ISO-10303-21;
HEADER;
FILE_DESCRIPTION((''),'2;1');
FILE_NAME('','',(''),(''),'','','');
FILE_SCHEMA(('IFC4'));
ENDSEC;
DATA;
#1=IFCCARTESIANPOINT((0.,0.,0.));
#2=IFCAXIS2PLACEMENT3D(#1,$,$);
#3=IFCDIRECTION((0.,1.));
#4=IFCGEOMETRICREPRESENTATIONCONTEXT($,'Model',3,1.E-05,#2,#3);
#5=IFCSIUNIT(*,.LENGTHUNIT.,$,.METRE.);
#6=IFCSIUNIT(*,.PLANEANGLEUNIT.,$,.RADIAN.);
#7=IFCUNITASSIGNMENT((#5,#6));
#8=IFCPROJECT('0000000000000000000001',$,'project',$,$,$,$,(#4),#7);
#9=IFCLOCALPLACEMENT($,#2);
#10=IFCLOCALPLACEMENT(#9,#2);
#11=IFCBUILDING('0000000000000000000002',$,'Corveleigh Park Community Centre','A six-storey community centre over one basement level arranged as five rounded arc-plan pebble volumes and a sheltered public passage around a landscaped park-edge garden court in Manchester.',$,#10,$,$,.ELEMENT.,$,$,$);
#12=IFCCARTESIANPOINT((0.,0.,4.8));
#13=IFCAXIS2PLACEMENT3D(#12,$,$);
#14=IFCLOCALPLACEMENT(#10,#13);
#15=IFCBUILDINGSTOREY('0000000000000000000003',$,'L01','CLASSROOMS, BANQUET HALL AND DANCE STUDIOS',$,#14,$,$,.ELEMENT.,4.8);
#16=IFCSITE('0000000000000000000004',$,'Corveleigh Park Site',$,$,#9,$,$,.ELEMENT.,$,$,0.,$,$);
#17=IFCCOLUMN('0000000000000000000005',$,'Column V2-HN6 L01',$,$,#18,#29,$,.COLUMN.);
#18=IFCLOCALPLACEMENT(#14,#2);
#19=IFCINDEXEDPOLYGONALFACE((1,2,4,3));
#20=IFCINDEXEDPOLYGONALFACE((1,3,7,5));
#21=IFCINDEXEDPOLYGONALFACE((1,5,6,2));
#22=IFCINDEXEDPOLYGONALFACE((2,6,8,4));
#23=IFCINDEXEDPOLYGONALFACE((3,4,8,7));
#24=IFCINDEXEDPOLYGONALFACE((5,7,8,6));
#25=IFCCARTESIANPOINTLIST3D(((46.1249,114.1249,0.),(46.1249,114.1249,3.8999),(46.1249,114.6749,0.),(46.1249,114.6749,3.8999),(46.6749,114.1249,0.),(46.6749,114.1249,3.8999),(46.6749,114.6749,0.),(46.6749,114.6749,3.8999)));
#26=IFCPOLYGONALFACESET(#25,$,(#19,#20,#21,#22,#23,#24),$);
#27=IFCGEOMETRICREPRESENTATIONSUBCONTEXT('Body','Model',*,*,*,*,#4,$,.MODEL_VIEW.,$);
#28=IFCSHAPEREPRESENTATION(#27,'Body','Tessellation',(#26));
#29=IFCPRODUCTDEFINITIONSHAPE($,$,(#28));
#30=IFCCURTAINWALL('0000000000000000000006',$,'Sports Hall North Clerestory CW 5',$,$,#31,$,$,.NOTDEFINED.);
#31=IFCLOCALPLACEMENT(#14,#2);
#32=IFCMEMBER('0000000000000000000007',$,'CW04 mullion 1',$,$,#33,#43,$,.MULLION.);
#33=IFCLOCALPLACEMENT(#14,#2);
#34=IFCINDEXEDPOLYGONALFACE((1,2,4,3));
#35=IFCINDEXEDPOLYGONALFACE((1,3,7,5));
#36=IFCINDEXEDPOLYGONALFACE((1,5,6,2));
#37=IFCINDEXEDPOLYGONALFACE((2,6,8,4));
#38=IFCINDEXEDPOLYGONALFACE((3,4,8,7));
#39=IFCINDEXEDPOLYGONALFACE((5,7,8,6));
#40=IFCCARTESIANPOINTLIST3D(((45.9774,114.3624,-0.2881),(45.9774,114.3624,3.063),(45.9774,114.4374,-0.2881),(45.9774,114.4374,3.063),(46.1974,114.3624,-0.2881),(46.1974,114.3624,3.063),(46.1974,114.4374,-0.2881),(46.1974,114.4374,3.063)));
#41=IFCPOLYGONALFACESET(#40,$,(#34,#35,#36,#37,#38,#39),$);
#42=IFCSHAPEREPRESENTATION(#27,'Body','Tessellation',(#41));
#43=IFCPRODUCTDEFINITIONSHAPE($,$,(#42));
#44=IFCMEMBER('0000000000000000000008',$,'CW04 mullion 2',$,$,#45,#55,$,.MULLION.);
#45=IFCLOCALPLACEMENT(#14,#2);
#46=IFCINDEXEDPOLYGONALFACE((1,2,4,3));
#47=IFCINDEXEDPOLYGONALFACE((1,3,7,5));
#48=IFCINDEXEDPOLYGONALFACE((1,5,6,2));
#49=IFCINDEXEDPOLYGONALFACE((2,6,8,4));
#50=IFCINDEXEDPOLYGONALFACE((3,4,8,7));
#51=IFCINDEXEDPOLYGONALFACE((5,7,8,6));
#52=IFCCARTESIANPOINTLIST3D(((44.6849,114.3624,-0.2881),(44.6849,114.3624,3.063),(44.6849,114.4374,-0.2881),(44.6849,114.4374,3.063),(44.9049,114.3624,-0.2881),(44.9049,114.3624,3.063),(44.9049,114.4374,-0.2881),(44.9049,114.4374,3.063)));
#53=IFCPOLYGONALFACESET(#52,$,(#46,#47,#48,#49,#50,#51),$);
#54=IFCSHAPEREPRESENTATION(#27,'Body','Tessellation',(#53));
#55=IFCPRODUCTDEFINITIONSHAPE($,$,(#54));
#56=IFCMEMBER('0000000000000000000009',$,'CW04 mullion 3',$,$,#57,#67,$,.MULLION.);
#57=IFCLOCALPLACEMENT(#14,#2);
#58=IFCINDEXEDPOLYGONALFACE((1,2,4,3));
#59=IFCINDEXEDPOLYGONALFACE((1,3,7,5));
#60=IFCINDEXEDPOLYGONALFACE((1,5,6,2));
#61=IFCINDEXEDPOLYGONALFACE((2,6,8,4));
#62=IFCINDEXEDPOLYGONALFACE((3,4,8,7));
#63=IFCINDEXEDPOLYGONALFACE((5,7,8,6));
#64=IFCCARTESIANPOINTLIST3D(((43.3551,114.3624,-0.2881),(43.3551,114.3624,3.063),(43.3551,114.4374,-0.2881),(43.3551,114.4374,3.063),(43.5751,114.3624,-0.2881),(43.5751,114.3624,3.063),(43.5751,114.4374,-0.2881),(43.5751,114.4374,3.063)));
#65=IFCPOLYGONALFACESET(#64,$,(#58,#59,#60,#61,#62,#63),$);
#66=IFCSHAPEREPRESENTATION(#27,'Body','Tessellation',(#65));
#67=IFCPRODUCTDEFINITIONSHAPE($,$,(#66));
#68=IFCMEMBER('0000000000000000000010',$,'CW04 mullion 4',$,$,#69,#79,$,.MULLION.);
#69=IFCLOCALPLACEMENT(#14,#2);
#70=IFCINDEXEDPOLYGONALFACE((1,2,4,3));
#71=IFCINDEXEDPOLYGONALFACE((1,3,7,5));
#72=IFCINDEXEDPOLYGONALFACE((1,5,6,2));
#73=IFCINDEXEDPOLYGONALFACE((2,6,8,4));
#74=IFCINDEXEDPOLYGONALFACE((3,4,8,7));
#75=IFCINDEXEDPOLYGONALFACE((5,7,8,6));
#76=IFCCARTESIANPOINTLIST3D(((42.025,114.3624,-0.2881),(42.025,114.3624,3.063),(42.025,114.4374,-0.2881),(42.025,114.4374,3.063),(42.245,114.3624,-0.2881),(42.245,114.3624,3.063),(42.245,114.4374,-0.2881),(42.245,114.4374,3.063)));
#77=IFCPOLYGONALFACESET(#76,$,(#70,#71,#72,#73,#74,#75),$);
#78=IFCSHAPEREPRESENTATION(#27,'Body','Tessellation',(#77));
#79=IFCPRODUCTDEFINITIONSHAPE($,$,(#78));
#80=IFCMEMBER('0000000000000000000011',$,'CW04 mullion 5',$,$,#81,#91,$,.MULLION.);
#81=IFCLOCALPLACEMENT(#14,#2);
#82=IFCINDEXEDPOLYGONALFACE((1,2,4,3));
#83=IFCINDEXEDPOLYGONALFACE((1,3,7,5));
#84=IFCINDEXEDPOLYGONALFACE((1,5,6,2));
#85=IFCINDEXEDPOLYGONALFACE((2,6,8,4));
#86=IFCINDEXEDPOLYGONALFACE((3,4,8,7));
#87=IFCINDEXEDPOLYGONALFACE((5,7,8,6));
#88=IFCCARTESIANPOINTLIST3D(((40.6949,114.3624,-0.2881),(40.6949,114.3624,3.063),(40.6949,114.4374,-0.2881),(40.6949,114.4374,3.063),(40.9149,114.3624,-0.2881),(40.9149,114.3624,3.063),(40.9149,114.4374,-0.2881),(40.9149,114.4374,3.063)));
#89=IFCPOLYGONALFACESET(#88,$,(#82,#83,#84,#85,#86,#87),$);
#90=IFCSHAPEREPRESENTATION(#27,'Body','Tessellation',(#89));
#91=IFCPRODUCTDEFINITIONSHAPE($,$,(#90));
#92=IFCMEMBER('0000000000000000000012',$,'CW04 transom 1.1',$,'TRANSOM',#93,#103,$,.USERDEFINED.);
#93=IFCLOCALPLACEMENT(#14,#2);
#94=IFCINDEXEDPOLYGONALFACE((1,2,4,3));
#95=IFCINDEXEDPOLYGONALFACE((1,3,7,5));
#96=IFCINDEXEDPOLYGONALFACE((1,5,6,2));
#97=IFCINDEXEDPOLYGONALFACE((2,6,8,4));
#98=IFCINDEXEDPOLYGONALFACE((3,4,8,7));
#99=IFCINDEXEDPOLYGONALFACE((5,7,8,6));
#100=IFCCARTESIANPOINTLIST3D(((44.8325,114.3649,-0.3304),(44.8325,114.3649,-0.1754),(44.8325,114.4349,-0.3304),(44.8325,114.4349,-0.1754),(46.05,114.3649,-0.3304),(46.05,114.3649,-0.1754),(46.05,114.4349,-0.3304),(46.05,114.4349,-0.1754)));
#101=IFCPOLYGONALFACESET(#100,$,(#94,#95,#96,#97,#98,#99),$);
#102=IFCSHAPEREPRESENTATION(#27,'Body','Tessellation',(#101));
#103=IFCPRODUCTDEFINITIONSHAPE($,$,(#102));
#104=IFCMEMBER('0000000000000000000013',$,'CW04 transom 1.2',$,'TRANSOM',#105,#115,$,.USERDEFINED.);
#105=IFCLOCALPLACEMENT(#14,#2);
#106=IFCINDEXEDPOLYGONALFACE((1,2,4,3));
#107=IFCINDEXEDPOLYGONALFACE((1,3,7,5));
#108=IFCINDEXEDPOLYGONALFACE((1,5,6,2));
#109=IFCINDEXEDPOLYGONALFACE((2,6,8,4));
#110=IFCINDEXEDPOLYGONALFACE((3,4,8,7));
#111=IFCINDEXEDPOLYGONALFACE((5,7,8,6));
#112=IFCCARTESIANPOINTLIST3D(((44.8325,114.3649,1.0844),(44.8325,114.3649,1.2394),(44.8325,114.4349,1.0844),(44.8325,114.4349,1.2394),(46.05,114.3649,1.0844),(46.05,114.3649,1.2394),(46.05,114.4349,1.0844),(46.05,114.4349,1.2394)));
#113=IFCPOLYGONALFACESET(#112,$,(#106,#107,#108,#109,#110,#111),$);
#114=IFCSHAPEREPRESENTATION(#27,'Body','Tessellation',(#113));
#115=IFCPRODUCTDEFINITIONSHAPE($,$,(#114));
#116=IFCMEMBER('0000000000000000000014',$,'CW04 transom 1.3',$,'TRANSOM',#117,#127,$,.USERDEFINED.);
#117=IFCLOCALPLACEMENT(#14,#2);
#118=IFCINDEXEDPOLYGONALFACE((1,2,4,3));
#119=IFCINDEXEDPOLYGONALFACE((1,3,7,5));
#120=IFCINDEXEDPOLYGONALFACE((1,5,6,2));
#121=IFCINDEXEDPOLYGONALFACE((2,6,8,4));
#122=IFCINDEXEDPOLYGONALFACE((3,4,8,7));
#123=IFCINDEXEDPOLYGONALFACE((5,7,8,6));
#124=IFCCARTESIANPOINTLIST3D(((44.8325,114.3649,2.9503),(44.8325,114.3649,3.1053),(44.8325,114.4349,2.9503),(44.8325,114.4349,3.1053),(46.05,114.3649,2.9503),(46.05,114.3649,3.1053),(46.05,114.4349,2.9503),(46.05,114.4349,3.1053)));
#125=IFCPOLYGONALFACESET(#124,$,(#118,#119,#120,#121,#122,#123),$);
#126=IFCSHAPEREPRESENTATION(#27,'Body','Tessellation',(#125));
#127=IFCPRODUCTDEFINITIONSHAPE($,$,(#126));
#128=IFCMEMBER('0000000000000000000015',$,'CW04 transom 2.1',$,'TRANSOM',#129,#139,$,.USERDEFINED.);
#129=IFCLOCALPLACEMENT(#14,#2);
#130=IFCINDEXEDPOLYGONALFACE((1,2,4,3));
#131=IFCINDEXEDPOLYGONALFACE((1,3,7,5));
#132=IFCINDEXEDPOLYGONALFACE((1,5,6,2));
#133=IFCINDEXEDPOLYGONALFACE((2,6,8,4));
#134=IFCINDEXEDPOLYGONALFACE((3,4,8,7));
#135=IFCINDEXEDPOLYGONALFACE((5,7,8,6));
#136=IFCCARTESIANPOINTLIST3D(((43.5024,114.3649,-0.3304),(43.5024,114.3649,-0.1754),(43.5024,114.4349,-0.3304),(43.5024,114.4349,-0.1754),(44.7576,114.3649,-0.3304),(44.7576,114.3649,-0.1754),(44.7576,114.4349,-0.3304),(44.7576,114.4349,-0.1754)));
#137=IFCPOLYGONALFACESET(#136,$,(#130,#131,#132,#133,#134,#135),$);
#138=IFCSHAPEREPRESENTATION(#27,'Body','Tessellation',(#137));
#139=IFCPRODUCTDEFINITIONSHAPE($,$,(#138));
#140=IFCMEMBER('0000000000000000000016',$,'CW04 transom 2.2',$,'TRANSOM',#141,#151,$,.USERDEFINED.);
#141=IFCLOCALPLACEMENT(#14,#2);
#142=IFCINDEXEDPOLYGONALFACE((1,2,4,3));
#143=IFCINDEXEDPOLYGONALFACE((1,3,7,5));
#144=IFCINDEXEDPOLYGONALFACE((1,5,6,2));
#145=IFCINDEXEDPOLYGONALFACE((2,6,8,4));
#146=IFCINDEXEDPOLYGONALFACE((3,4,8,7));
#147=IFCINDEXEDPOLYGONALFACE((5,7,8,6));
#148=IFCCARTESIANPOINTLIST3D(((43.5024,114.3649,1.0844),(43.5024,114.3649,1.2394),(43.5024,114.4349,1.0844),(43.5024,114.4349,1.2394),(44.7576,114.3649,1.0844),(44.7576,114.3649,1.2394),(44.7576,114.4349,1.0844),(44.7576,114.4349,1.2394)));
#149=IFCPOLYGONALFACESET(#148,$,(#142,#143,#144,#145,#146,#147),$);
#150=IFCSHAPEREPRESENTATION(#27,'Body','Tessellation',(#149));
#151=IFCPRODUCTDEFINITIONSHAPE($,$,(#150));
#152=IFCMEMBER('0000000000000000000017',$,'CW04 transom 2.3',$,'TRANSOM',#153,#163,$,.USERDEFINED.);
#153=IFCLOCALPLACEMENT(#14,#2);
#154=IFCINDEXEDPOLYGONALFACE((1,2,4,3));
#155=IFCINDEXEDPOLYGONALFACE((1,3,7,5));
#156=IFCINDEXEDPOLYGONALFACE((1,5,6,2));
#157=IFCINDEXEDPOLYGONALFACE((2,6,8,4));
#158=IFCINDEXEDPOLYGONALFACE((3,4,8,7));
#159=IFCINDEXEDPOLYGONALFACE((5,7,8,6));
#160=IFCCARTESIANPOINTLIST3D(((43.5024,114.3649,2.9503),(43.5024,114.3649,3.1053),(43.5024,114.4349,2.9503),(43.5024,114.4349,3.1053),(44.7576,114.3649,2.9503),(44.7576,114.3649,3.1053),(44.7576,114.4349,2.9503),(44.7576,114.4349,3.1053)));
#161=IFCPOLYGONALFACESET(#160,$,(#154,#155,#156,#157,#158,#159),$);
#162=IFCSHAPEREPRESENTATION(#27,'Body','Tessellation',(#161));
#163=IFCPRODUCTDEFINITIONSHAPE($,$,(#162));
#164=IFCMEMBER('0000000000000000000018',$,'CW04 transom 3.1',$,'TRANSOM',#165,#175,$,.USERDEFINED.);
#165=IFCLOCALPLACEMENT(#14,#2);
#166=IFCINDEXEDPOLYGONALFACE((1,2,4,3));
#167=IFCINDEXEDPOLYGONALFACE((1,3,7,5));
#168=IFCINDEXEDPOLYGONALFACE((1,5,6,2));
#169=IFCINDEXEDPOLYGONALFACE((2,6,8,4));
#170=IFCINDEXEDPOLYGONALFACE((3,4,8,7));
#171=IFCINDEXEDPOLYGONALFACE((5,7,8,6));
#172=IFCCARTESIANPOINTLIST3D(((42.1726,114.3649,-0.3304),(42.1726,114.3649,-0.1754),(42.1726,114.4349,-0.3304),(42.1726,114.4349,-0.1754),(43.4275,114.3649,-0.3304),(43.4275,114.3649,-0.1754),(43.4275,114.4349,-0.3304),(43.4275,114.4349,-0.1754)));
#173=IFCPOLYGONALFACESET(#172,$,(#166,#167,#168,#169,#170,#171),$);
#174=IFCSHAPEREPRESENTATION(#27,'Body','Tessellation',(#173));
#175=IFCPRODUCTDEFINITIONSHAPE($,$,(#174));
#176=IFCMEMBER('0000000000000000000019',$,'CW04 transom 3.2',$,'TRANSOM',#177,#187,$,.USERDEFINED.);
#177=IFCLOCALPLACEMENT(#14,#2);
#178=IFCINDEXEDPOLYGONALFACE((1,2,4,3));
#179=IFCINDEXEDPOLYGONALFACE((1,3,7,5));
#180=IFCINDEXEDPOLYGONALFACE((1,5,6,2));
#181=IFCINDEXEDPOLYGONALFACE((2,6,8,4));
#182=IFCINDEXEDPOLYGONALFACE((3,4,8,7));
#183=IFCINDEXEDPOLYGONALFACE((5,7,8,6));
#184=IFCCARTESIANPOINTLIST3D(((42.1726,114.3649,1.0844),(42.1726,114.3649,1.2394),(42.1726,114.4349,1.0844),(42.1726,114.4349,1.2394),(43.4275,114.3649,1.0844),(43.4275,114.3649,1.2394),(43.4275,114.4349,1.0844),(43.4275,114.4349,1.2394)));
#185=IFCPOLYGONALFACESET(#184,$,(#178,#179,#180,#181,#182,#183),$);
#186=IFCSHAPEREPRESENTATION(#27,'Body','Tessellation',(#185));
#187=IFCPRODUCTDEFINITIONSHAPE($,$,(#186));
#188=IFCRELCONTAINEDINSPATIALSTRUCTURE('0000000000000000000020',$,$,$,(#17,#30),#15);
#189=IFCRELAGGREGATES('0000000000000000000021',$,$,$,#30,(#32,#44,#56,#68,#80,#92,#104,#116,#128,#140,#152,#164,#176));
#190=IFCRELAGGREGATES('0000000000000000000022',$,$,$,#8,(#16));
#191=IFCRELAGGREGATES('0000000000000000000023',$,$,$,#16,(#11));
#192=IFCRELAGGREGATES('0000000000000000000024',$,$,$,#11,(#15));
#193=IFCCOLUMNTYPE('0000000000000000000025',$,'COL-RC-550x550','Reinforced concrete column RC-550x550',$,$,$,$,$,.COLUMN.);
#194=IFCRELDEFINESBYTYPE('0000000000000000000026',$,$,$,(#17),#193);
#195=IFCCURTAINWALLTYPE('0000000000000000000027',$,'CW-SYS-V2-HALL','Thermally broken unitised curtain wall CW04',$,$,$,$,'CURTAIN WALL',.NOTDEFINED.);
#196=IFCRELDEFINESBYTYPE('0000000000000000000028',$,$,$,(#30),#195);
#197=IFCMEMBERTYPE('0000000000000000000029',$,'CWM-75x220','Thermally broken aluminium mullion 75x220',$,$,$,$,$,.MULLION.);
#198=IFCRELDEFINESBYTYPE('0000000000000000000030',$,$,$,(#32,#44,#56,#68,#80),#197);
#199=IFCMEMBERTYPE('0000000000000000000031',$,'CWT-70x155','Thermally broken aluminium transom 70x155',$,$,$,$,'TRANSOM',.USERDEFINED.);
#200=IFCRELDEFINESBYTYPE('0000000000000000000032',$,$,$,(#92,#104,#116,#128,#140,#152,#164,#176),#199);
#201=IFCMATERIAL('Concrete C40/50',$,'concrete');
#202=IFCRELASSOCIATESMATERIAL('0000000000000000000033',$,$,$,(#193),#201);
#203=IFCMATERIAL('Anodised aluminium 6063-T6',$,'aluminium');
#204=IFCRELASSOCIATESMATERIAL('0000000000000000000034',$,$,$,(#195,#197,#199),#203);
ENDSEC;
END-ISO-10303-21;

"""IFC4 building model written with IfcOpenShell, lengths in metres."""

from ifc_helpers import new_model, si_unit, direction, frame, origin, origin_2d, place, context, subcontext, project, spatial, rectangle, extrude, material, material_profile, profile_set, type_object, element, aggregate, save


model = new_model("IFC4")

# Units and contexts
model_context = context("Model", 3, precision=1e-05, world=origin(), true_north=direction((0.0, 1.0)))
body_context = subcontext(model_context, "Body", "Model", "MODEL_VIEW")
ifc_project = project(units=[si_unit("LENGTHUNIT", "METRE"), si_unit("PLANEANGLEUNIT", "RADIAN")], contexts=[model_context])

# Site, building, storey
site_placement = place(None, origin())
site = spatial("IfcSite", under=ifc_project, at=site_placement, Name="Corveleigh Park Site", CompositionType="ELEMENT", RefElevation=0.0)
building_placement = place(site_placement, origin())
building = spatial("IfcBuilding", under=site, at=building_placement, Name="Corveleigh Park Community Centre", Description="A six-storey community centre over one basement level arranged as five rounded arc-plan pebble volumes and a sheltered public passage around a landscaped park-edge garden court in Manchester.", CompositionType="ELEMENT")
storey_placement = place(building_placement, frame((0.0, 0.0, 4.8)))
storey = spatial("IfcBuildingStorey", under=building, at=storey_placement, Name="L01", Description="CLASSROOMS, BANQUET HALL AND DANCE STUDIOS", CompositionType="ELEMENT", Elevation=4.8)

# Column
ifc_material_1 = material(Name="Concrete C40/50", Category="concrete")
ifc_material_profile_1 = material_profile(ifc_material_1, rectangle(XDim=0.55, YDim=0.55, at=origin_2d()), Name="RC-550x550", Category="concrete")
ifc_profile_set_1 = profile_set([ifc_material_profile_1], Name="Concrete C40/50")
column_type = type_object("IfcColumnType", Name="COL-RC-550x550", Description="Reinforced concrete column RC-550x550", PredefinedType="COLUMN", material=ifc_profile_set_1)
column_placement = place(storey_placement, frame((46.3999, 114.3999, 0.0), z_axis=(0.0, 0.0, 1.0), x_axis=(1.0, 0.0, 0.0)))
element("IfcColumn", 1, at=column_placement, inside=storey, type_object=column_type, Name="Column V2-HN6 L01", PredefinedType="COLUMN", context=body_context, shape_type="SweptSolid", body=[
    extrude(rectangle(XDim=0.55, YDim=0.55, at=origin_2d()), origin(), (0.0, 0.0, 1.0), 3.8999),
])

# Curtain wall, members
ifc_material_2 = material(Name="Anodised aluminium 6063-T6", Category="aluminium")
curtain_wall_type = type_object("IfcCurtainWallType", Name="CW-SYS-V2-HALL", Description="Thermally broken unitised curtain wall CW04", ElementType="CURTAIN WALL", PredefinedType="NOTDEFINED", material=ifc_material_2)
curtain_wall_placement = place(storey_placement, origin())
curtain_wall = element("IfcCurtainWall", 2, at=curtain_wall_placement, inside=storey, type_object=curtain_wall_type, Name="Sports Hall North Clerestory CW 5", PredefinedType="NOTDEFINED")
ifc_material_profile_2 = material_profile(ifc_material_2, rectangle(XDim=0.075, YDim=0.22, at=origin_2d()), Name="ALU-M75x220", Category="aluminium")
ifc_profile_set_2 = profile_set([ifc_material_profile_2], Name="Anodised aluminium 6063-T6")
member_type_1 = type_object("IfcMemberType", Name="CWM-75x220", Description="Thermally broken aluminium mullion 75x220", PredefinedType="MULLION", material=ifc_profile_set_2)
member_1_placement = place(storey_placement, frame((46.0874, 114.3999, -0.2881), z_axis=(0.0, 0.0, 1.0), x_axis=(0.0, -1.0, 0.0)))
member_1 = element("IfcMember", 3, at=member_1_placement, type_object=member_type_1, Name="CW04 mullion 1", PredefinedType="MULLION", context=body_context, shape_type="SweptSolid", body=[
    extrude(rectangle(XDim=0.075, YDim=0.22, at=origin_2d()), origin(), (0.0, 0.0, 1.0), 3.3511),
])
member_2_placement = place(storey_placement, frame((44.7949, 114.3999, -0.2881), z_axis=(0.0, 0.0, 1.0), x_axis=(0.0, -1.0, 0.0)))
member_2 = element("IfcMember", 4, at=member_2_placement, type_object=member_type_1, Name="CW04 mullion 2", PredefinedType="MULLION", context=body_context, shape_type="SweptSolid", body=[
    extrude(rectangle(XDim=0.075, YDim=0.22, at=origin_2d()), origin(), (0.0, 0.0, 1.0), 3.3511),
])
member_3_placement = place(storey_placement, frame((43.4651, 114.3999, -0.2881), z_axis=(0.0, 0.0, 1.0), x_axis=(0.0, -1.0, 0.0)))
member_3 = element("IfcMember", 5, at=member_3_placement, type_object=member_type_1, Name="CW04 mullion 3", PredefinedType="MULLION", context=body_context, shape_type="SweptSolid", body=[
    extrude(rectangle(XDim=0.075, YDim=0.22, at=origin_2d()), origin(), (0.0, 0.0, 1.0), 3.3511),
])
member_4_placement = place(storey_placement, frame((42.135, 114.3999, -0.2881), z_axis=(0.0, 0.0, 1.0), x_axis=(0.0, -1.0, 0.0)))
member_4 = element("IfcMember", 6, at=member_4_placement, type_object=member_type_1, Name="CW04 mullion 4", PredefinedType="MULLION", context=body_context, shape_type="SweptSolid", body=[
    extrude(rectangle(XDim=0.075, YDim=0.22, at=origin_2d()), origin(), (0.0, 0.0, 1.0), 3.3511),
])
member_5_placement = place(storey_placement, frame((40.8049, 114.3999, -0.2881), z_axis=(0.0, 0.0, 1.0), x_axis=(0.0, -1.0, 0.0)))
member_5 = element("IfcMember", 7, at=member_5_placement, type_object=member_type_1, Name="CW04 mullion 5", PredefinedType="MULLION", context=body_context, shape_type="SweptSolid", body=[
    extrude(rectangle(XDim=0.075, YDim=0.22, at=origin_2d()), origin(), (0.0, 0.0, 1.0), 3.3511),
])
ifc_material_profile_3 = material_profile(ifc_material_2, rectangle(XDim=0.0701, YDim=0.155, at=origin_2d()), Name="ALU-T70x155", Category="aluminium")
ifc_profile_set_3 = profile_set([ifc_material_profile_3], Name="Anodised aluminium 6063-T6")
member_type_2 = type_object("IfcMemberType", Name="CWT-70x155", Description="Thermally broken aluminium transom 70x155", ElementType="TRANSOM", PredefinedType="USERDEFINED", material=ifc_profile_set_3)
member_6_placement = place(storey_placement, frame((46.05, 114.3999, -0.2529), z_axis=(-1.0, 0.0, 0.0), x_axis=(0.0, -1.0, 0.0)))
member_6 = element("IfcMember", 8, at=member_6_placement, type_object=member_type_2, Name="CW04 transom 1.1", ObjectType="TRANSOM", PredefinedType="USERDEFINED", context=body_context, shape_type="SweptSolid", body=[
    extrude(rectangle(XDim=0.0701, YDim=0.155, at=origin_2d()), origin(), (0.0, 0.0, 1.0), 1.2175),
])
member_7_placement = place(storey_placement, frame((46.05, 114.3999, 1.1619), z_axis=(-1.0, 0.0, 0.0), x_axis=(0.0, -1.0, 0.0)))
member_7 = element("IfcMember", 9, at=member_7_placement, type_object=member_type_2, Name="CW04 transom 1.2", ObjectType="TRANSOM", PredefinedType="USERDEFINED", context=body_context, shape_type="SweptSolid", body=[
    extrude(rectangle(XDim=0.0701, YDim=0.155, at=origin_2d()), origin(), (0.0, 0.0, 1.0), 1.2175),
])
member_8_placement = place(storey_placement, frame((46.05, 114.3999, 3.0278), z_axis=(-1.0, 0.0, 0.0), x_axis=(0.0, -1.0, 0.0)))
member_8 = element("IfcMember", 10, at=member_8_placement, type_object=member_type_2, Name="CW04 transom 1.3", ObjectType="TRANSOM", PredefinedType="USERDEFINED", context=body_context, shape_type="SweptSolid", body=[
    extrude(rectangle(XDim=0.0701, YDim=0.155, at=origin_2d()), origin(), (0.0, 0.0, 1.0), 1.2175),
])
member_9_placement = place(storey_placement, frame((44.7576, 114.3999, -0.2529), z_axis=(-1.0, 0.0, 0.0), x_axis=(0.0, -1.0, 0.0)))
member_9 = element("IfcMember", 11, at=member_9_placement, type_object=member_type_2, Name="CW04 transom 2.1", ObjectType="TRANSOM", PredefinedType="USERDEFINED", context=body_context, shape_type="SweptSolid", body=[
    extrude(rectangle(XDim=0.0701, YDim=0.155, at=origin_2d()), origin(), (0.0, 0.0, 1.0), 1.2551),
])
member_10_placement = place(storey_placement, frame((44.7576, 114.3999, 1.1619), z_axis=(-1.0, 0.0, 0.0), x_axis=(0.0, -1.0, 0.0)))
member_10 = element("IfcMember", 12, at=member_10_placement, type_object=member_type_2, Name="CW04 transom 2.2", ObjectType="TRANSOM", PredefinedType="USERDEFINED", context=body_context, shape_type="SweptSolid", body=[
    extrude(rectangle(XDim=0.0701, YDim=0.155, at=origin_2d()), origin(), (0.0, 0.0, 1.0), 1.2551),
])
member_11_placement = place(storey_placement, frame((44.7576, 114.3999, 3.0278), z_axis=(-1.0, 0.0, 0.0), x_axis=(0.0, -1.0, 0.0)))
member_11 = element("IfcMember", 13, at=member_11_placement, type_object=member_type_2, Name="CW04 transom 2.3", ObjectType="TRANSOM", PredefinedType="USERDEFINED", context=body_context, shape_type="SweptSolid", body=[
    extrude(rectangle(XDim=0.0701, YDim=0.155, at=origin_2d()), origin(), (0.0, 0.0, 1.0), 1.2551),
])
member_12_placement = place(storey_placement, frame((43.4275, 114.3999, -0.2529), z_axis=(-1.0, 0.0, 0.0), x_axis=(0.0, -1.0, 0.0)))
member_12 = element("IfcMember", 14, at=member_12_placement, type_object=member_type_2, Name="CW04 transom 3.1", ObjectType="TRANSOM", PredefinedType="USERDEFINED", context=body_context, shape_type="SweptSolid", body=[
    extrude(rectangle(XDim=0.0701, YDim=0.155, at=origin_2d()), origin(), (0.0, 0.0, 1.0), 1.2549),
])
member_13_placement = place(storey_placement, frame((43.4275, 114.3999, 1.1619), z_axis=(-1.0, 0.0, 0.0), x_axis=(0.0, -1.0, 0.0)))
member_13 = element("IfcMember", 15, at=member_13_placement, type_object=member_type_2, Name="CW04 transom 3.2", ObjectType="TRANSOM", PredefinedType="USERDEFINED", context=body_context, shape_type="SweptSolid", body=[
    extrude(rectangle(XDim=0.0701, YDim=0.155, at=origin_2d()), origin(), (0.0, 0.0, 1.0), 1.2549),
])
aggregate(curtain_wall, [member_1, member_2, member_3, member_4, member_5, member_6, member_7, member_8, member_9, member_10, member_11, member_12, member_13])

save(model, "model.ifc")
